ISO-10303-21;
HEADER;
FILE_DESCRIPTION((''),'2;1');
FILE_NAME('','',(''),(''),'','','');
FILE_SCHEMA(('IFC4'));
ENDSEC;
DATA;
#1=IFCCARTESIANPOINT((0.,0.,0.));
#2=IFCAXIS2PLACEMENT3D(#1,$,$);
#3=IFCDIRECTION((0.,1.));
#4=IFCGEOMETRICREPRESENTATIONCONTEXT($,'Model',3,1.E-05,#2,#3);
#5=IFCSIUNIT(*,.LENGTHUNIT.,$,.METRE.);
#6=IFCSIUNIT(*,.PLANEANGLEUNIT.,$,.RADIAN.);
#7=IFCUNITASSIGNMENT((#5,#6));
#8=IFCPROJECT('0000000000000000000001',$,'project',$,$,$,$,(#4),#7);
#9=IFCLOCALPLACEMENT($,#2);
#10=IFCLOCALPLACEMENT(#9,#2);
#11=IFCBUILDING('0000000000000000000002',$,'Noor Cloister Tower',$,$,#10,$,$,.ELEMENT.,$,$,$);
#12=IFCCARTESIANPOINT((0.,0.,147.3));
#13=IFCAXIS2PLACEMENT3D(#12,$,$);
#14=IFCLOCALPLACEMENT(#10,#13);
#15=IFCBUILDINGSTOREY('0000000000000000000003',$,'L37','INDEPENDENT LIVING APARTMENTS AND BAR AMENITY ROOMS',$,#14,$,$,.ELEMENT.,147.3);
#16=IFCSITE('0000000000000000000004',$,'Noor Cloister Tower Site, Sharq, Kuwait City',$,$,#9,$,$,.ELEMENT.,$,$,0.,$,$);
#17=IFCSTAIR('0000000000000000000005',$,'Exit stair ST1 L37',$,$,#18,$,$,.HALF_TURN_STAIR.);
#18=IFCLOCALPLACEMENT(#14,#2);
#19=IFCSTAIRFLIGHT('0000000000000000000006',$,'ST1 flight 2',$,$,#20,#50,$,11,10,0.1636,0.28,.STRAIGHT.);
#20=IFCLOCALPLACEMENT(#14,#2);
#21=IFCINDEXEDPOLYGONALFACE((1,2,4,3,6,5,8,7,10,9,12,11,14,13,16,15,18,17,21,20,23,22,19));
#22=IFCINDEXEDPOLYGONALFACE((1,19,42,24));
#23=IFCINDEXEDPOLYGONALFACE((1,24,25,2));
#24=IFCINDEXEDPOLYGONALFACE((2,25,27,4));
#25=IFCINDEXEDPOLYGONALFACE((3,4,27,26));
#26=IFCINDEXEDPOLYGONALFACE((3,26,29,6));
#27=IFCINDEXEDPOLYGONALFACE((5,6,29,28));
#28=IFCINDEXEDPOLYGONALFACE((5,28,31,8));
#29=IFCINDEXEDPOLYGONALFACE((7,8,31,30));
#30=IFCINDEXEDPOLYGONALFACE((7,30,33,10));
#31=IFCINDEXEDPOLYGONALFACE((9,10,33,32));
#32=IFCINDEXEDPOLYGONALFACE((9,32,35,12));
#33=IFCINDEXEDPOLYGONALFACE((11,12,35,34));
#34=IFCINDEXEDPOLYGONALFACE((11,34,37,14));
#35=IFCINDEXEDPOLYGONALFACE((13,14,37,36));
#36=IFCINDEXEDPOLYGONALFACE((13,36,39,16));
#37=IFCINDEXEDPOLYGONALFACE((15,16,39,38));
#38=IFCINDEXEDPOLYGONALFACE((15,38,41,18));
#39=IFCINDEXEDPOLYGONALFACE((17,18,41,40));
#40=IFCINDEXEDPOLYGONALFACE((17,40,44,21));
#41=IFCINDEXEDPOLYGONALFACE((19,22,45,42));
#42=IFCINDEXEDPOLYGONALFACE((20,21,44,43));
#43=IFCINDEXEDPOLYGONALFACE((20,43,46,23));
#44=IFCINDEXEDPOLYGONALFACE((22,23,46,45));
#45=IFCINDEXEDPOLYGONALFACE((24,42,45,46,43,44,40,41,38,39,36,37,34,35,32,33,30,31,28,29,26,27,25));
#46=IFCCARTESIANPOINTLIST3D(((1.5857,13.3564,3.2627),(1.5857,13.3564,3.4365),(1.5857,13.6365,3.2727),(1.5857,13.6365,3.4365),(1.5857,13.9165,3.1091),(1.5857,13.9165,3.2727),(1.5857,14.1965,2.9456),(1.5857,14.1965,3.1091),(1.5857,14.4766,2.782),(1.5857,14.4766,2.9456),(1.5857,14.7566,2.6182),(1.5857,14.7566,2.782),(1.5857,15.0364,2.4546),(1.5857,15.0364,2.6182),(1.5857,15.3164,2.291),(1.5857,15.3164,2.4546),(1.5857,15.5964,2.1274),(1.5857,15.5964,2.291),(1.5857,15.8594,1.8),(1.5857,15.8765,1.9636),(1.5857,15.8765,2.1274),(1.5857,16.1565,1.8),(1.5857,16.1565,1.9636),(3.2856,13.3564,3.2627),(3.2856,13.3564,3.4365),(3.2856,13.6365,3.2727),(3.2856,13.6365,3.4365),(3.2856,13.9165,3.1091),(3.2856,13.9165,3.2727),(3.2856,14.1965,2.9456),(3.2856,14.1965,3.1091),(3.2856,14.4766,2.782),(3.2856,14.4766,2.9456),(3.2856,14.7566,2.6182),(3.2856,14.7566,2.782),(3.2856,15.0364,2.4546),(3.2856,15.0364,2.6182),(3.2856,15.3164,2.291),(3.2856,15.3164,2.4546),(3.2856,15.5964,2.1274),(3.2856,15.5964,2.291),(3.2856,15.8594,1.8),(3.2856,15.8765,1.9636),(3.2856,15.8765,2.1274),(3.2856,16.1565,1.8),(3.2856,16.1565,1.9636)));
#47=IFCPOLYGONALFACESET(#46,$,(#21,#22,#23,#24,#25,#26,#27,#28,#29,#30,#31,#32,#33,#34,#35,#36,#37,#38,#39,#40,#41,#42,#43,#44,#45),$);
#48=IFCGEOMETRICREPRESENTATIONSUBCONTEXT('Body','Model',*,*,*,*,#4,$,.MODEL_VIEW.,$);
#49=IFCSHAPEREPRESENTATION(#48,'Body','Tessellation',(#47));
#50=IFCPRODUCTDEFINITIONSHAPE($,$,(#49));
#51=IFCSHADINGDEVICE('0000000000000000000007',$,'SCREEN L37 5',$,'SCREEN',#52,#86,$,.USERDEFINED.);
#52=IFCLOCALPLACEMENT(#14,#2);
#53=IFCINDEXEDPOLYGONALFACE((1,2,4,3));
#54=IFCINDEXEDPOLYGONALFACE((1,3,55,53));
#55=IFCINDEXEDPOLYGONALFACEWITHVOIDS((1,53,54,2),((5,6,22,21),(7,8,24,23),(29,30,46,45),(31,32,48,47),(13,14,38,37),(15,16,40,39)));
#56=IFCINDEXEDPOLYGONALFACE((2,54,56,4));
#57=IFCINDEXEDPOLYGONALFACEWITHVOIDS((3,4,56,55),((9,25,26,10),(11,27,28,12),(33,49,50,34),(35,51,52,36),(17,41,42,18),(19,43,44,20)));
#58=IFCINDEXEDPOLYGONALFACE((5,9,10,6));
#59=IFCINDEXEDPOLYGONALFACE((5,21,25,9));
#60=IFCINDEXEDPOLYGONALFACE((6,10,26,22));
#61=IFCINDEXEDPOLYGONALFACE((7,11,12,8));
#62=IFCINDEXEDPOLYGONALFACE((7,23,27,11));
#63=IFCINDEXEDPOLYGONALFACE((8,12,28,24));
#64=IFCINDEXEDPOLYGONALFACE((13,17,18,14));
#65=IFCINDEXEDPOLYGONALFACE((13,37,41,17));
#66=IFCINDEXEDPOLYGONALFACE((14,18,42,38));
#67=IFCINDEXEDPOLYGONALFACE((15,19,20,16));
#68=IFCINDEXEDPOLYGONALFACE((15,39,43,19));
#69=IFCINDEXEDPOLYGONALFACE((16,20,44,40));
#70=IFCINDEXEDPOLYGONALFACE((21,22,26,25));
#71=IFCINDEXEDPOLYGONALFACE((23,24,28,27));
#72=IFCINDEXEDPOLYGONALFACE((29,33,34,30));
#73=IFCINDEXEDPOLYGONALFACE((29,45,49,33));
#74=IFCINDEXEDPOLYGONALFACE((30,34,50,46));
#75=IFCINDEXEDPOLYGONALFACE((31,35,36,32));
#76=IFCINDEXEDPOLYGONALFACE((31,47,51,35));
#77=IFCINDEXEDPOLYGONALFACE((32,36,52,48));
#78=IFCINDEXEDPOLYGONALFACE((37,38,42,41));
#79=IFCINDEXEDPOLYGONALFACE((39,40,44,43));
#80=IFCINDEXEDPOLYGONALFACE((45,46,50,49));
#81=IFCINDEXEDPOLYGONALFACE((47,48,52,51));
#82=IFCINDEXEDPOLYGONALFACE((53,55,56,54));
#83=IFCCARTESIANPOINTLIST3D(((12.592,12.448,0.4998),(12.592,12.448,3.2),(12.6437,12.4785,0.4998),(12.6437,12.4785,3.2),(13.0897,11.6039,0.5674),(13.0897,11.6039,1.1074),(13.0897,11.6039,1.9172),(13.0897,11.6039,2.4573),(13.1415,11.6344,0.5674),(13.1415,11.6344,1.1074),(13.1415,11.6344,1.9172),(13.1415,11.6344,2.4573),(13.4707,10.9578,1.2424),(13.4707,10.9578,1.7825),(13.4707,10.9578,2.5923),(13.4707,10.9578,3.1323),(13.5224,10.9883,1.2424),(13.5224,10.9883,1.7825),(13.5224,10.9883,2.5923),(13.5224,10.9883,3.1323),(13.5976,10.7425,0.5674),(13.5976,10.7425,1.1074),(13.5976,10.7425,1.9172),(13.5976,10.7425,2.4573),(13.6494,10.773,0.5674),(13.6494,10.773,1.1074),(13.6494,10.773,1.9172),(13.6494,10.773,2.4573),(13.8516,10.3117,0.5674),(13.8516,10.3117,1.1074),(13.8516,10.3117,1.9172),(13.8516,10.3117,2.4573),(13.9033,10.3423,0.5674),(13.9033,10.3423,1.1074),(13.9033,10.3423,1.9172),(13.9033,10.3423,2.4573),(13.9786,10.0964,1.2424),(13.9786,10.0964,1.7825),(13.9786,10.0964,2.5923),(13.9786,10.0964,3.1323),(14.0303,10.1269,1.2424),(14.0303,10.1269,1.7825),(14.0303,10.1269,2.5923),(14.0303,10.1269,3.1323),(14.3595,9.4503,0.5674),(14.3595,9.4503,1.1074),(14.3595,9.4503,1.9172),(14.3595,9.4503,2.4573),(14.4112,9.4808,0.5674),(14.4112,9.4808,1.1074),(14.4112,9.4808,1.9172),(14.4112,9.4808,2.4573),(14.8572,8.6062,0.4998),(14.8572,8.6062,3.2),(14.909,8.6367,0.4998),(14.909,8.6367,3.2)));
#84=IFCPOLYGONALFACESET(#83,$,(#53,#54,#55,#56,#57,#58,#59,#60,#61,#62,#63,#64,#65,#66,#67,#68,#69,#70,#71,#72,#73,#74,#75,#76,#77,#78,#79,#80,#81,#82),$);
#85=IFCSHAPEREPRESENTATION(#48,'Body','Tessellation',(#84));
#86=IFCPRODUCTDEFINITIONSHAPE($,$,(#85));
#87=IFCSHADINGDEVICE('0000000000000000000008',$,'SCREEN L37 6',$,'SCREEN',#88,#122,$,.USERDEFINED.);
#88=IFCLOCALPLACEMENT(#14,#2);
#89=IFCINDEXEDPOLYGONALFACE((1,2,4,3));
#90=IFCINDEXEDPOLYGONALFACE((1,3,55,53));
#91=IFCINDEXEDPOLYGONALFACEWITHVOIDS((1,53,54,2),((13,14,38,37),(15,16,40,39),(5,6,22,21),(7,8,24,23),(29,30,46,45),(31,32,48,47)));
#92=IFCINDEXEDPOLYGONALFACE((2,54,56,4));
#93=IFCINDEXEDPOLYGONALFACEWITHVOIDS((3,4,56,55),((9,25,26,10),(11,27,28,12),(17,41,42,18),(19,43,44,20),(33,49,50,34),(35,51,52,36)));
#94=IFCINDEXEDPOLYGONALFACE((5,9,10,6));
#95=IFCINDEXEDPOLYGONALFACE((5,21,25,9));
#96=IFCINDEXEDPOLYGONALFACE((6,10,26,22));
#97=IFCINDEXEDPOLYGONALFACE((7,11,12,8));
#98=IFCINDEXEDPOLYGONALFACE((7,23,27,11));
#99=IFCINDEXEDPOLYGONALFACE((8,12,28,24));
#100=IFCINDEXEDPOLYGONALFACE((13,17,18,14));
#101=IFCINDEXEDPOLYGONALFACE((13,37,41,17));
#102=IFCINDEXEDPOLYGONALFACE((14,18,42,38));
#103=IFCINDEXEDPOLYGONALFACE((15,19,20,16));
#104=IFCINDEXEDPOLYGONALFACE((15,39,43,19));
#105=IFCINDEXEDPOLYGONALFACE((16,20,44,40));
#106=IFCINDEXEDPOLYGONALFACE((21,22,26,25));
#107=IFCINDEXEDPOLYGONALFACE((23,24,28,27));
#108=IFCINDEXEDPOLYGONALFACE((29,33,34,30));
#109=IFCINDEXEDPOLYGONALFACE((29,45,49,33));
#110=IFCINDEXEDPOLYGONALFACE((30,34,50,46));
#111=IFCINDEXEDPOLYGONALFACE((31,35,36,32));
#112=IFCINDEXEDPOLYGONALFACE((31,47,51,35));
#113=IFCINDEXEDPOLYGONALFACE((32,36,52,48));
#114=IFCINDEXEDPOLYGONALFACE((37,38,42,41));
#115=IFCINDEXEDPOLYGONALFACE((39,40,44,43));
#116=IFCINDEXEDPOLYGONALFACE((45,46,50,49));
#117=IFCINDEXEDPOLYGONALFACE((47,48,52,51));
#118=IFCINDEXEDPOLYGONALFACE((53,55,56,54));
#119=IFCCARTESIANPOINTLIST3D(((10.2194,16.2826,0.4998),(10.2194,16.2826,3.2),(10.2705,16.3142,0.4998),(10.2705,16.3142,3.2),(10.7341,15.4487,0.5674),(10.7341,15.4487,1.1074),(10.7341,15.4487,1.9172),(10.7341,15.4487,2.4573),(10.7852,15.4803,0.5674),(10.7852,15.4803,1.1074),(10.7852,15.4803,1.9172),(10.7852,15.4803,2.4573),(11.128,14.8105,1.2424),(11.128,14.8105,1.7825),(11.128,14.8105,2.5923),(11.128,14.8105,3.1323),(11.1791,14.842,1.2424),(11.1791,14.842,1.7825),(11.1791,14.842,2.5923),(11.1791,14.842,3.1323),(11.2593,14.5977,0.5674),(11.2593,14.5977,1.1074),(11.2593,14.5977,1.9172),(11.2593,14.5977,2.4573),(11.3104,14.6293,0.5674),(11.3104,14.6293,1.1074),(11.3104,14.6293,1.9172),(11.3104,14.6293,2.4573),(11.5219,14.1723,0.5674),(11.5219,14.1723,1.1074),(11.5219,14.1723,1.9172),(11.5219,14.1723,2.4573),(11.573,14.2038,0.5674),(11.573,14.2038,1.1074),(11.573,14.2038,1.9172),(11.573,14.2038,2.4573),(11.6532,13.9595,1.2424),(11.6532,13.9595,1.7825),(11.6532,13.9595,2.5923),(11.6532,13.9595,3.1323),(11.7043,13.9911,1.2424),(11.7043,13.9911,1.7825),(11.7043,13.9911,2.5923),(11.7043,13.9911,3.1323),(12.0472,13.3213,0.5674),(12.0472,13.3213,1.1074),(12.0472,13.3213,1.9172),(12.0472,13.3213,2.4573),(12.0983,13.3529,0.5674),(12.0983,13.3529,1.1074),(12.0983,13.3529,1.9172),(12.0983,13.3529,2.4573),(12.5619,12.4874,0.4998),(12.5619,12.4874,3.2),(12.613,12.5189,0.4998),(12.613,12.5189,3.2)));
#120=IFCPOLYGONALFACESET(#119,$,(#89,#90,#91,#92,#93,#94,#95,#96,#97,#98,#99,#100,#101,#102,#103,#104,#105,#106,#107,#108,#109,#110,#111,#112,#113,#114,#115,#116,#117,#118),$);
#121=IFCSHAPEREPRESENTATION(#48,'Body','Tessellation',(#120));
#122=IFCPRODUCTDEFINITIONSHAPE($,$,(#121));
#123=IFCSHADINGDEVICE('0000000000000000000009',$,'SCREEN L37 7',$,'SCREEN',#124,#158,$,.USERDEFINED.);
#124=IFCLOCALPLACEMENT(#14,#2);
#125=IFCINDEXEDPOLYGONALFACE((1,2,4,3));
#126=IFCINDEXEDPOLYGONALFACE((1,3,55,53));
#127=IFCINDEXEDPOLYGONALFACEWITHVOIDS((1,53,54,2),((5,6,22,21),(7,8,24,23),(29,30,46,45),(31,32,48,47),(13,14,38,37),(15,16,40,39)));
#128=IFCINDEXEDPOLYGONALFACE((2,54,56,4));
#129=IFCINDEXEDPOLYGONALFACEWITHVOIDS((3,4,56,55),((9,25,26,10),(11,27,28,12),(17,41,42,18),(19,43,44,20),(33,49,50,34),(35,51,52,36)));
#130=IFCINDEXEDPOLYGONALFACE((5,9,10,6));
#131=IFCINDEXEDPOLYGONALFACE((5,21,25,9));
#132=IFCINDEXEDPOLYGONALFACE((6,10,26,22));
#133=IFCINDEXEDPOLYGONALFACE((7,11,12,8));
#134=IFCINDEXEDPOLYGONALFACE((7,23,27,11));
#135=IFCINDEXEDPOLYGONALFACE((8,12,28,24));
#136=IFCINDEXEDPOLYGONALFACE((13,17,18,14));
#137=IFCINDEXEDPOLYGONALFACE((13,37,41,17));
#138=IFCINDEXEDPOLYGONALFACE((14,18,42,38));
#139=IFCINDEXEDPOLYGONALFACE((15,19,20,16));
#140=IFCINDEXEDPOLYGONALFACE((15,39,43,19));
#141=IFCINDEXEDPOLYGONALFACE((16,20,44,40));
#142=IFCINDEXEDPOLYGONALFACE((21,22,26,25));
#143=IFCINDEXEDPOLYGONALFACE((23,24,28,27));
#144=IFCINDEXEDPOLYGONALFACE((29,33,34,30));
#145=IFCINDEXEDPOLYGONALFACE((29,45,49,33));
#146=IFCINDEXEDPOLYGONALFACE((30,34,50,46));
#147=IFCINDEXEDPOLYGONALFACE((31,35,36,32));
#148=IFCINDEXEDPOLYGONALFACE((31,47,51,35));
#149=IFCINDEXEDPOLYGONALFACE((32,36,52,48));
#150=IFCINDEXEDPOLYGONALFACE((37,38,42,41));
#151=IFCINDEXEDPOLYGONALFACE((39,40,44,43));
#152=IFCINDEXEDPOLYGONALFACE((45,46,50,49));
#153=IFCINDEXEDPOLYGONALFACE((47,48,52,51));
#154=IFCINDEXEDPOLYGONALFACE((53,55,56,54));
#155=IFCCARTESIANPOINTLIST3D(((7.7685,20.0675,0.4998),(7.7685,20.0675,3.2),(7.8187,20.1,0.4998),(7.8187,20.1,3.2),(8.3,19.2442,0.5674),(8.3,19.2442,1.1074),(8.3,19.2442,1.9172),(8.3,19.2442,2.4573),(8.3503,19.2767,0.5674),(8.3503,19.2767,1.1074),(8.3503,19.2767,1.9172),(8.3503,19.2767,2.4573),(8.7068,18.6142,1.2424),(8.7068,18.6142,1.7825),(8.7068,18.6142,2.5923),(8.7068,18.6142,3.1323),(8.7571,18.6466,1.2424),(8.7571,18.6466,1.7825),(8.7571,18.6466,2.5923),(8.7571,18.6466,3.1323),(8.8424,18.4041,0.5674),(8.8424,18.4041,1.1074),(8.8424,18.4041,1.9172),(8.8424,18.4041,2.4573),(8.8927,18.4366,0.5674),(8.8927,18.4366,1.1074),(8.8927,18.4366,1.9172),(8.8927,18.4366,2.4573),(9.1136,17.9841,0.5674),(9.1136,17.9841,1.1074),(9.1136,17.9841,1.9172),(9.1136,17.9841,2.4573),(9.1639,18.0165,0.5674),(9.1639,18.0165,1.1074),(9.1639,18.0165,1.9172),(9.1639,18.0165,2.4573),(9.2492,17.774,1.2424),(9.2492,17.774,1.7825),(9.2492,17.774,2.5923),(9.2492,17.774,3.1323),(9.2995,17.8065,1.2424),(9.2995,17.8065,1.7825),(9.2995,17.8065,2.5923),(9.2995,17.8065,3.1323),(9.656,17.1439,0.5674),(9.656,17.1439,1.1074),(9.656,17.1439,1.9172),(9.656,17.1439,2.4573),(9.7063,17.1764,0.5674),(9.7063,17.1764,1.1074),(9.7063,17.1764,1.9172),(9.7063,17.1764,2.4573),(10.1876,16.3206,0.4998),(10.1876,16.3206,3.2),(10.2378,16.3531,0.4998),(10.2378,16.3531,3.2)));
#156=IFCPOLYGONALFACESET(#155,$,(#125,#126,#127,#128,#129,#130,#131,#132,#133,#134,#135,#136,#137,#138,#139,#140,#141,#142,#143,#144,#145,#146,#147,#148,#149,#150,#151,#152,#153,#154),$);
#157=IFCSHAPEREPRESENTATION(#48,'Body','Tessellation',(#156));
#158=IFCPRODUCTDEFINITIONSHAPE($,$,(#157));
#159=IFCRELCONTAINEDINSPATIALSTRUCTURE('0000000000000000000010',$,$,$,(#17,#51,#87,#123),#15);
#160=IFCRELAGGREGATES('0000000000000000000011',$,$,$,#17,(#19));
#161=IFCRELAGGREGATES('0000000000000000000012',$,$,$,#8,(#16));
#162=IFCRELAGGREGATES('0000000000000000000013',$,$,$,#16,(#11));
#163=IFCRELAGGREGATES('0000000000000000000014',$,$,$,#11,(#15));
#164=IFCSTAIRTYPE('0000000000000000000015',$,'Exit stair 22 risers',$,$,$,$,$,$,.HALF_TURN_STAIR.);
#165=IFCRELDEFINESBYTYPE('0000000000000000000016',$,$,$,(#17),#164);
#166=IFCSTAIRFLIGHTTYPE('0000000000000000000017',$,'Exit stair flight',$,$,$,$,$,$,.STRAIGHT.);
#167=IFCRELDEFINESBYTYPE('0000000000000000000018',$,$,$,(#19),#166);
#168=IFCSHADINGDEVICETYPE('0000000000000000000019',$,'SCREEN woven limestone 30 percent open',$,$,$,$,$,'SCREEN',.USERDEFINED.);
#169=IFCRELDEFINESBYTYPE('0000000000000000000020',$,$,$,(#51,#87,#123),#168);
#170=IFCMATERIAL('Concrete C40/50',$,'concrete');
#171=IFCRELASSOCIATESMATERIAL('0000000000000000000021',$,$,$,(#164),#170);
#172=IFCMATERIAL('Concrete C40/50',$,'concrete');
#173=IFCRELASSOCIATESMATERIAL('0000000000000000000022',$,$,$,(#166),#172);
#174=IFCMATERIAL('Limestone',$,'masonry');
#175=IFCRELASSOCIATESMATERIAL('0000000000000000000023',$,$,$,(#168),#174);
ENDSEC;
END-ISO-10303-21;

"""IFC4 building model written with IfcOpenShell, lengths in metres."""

from ifc_helpers import new_model, si_unit, direction, frame, origin, place, context, subcontext, project, spatial, polyline, outline, extrude, material, material_profile, profile_set, type_object, element, aggregate, save


model = new_model("IFC4")

# Units and contexts
model_context = context("Model", 3, precision=1e-05, world=origin(), true_north=direction((0.0, 1.0)))
body_context = subcontext(model_context, "Body", "Model", "MODEL_VIEW")
ifc_project = project(units=[si_unit("LENGTHUNIT", "METRE"), si_unit("PLANEANGLEUNIT", "RADIAN")], contexts=[model_context])

# Site, building, storey
site_placement = place(None, origin())
site = spatial("IfcSite", under=ifc_project, at=site_placement, Name="Noor Cloister Tower Site, Sharq, Kuwait City", CompositionType="ELEMENT", RefElevation=0.0)
building_placement = place(site_placement, origin())
building = spatial("IfcBuilding", under=site, at=building_placement, Name="Noor Cloister Tower", CompositionType="ELEMENT")
storey_placement = place(building_placement, frame((0.0, 0.0, 147.3)))
storey = spatial("IfcBuildingStorey", under=building, at=storey_placement, Name="L37", Description="INDEPENDENT LIVING APARTMENTS AND BAR AMENITY ROOMS", CompositionType="ELEMENT", Elevation=147.3)

# Stair, stair flight
ifc_material_1 = material(Name="Concrete C40/50", Category="concrete")
stair_type = type_object("IfcStairType", Name="Exit stair 22 risers", PredefinedType="HALF_TURN_STAIR", material=ifc_material_1)
stair_placement = place(storey_placement, origin())
stair = element("IfcStair", 1, at=stair_placement, inside=storey, type_object=stair_type, Name="Exit stair ST1 L37", PredefinedType="HALF_TURN_STAIR")
ifc_material_2 = material(Name="Concrete C40/50", Category="concrete")
stair_flight_type = type_object("IfcStairFlightType", Name="Exit stair flight", PredefinedType="STRAIGHT", material=ifc_material_2)
stair_flight_1_placement = place(storey_placement, frame((2.4355, 16.1565, 1.8), z_axis=(0.0, 0.0, 1.0), x_axis=(0.0, -1.0, 0.0)))
stair_flight_1 = element("IfcStairFlight", 2, at=stair_flight_1_placement, type_object=stair_flight_type, Name="ST1 flight 2", NumberOfRisers=11, NumberOfTreads=10, PredefinedType="STRAIGHT", RiserHeight=0.1636, TreadLength=0.28, context=body_context, shape_type="SweptSolid", body=[
    extrude(outline(polyline([(0.0, 0.0), (0.0, 0.1636), (0.28, 0.1636), (0.28, 0.3274), (0.5601, 0.3274), (0.5601, 0.491), (0.8401, 0.491), (0.8401, 0.6545), (1.1201, 0.6545), (1.1201, 0.8181), (1.3999, 0.8181), (1.3999, 0.9819), (1.6799, 0.9819), (1.6799, 1.1455), (1.96, 1.1455), (1.96, 1.3091), (2.24, 1.3091), (2.24, 1.4727), (2.52, 1.4727), (2.52, 1.6365), (2.8, 1.6365), (2.8, 1.8), (2.8, 1.4626), (0.2971, 0.0), (0.0, 0.0)])), frame((0.0, 0.8501, 0.0), z_axis=(0.0, -1.0, 0.0), x_axis=(1.0, 0.0, 0.0)), (0.0, 0.0, 1.0), 1.7),
])
aggregate(stair, [stair_flight_1])

# Shading devices
ifc_material_3 = material(Name="Limestone", Category="masonry")
ifc_material_profile_1 = material_profile(ifc_material_3, outline(polyline([(-2.23, -1.3501), (2.23, -1.3501), (2.23, 1.3501), (-2.23, 1.3501), (-2.23, -1.3501)]), holes=[polyline([(-1.25, -1.2825), (-0.25, -1.2825), (-0.25, -0.7424), (-1.25, -0.7424), (-1.25, -1.2825)]), polyline([(0.25, -1.2825), (1.25, -1.2825), (1.25, -0.7424), (0.25, -0.7424), (0.25, -1.2825)]), polyline([(-0.5, -0.6074), (0.5, -0.6074), (0.5, -0.0674), (-0.5, -0.0674), (-0.5, -0.6074)]), polyline([(-1.25, 0.0674), (-0.25, 0.0674), (-0.25, 0.6074), (-1.25, 0.6074), (-1.25, 0.0674)]), polyline([(0.25, 0.0674), (1.25, 0.0674), (1.25, 0.6074), (0.25, 0.6074), (0.25, 0.0674)]), polyline([(-0.5, 0.7424), (0.5, 0.7424), (0.5, 1.2825), (-0.5, 1.2825), (-0.5, 0.7424)])]), Name="Woven screen 30 percent open")
ifc_profile_set_1 = profile_set([ifc_material_profile_1], Name="Limestone")
shading_device_type = type_object("IfcShadingDeviceType", Name="SCREEN woven limestone 30 percent open", ElementType="SCREEN", PredefinedType="USERDEFINED", material=ifc_profile_set_1)
for number, where, z_axis, x_axis, name in (
    (3, (13.7246, 10.5271, 1.8499), (0.861411, 0.507908, 0.0), (-0.507908, 0.861411, 0.0), "SCREEN L37 5"),
    (4, (11.3906, 14.385, 1.8499), (0.850959, 0.525233, 0.0), (-0.525233, 0.850959, 0.0), "SCREEN L37 6"),
):
    element("IfcShadingDevice", number, at=place(storey_placement, frame(where, z_axis=z_axis, x_axis=x_axis)), inside=storey, type_object=shading_device_type, Name=name, ObjectType="SCREEN", PredefinedType="USERDEFINED", context=body_context, shape_type="SweptSolid", body=[
        extrude(outline(polyline([(-2.23, -1.3501), (2.23, -1.3501), (2.23, 1.3501), (-2.23, 1.3501), (-2.23, -1.3501)]), holes=[polyline([(-1.25, -1.2825), (-0.25, -1.2825), (-0.25, -0.7424), (-1.25, -0.7424), (-1.25, -1.2825)]), polyline([(0.25, -1.2825), (1.25, -1.2825), (1.25, -0.7424), (0.25, -0.7424), (0.25, -1.2825)]), polyline([(-0.5, -0.6074), (0.5, -0.6074), (0.5, -0.0674), (-0.5, -0.0674), (-0.5, -0.6074)]), polyline([(-1.25, 0.0674), (-0.25, 0.0674), (-0.25, 0.6074), (-1.25, 0.6074), (-1.25, 0.0674)]), polyline([(0.25, 0.0674), (1.25, 0.0674), (1.25, 0.6074), (0.25, 0.6074), (0.25, 0.0674)]), polyline([(-0.5, 0.7424), (0.5, 0.7424), (0.5, 1.2825), (-0.5, 1.2825), (-0.5, 0.7424)])]), origin(), (0.0, 0.0, 1.0), 0.0601),
    ])
for number, where, z_axis, x_axis, name in (
    (5, (8.978, 18.1941, 1.8499), (0.840117, 0.542406, 0.0), (-0.542406, 0.840117, 0.0), "SCREEN L37 7"),
):
    element("IfcShadingDevice", number, at=place(storey_placement, frame(where, z_axis=z_axis, x_axis=x_axis)), inside=storey, type_object=shading_device_type, Name=name, ObjectType="SCREEN", PredefinedType="USERDEFINED", context=body_context, shape_type="SweptSolid", body=[
        extrude(outline(polyline([(-2.23, -1.3501), (2.23, -1.3501), (2.23, 1.3501), (-2.23, 1.3501), (-2.23, -1.3501)]), holes=[polyline([(-1.25, -1.2825), (-0.25, -1.2825), (-0.25, -0.7424), (-1.25, -0.7424), (-1.25, -1.2825)]), polyline([(0.25, -1.2825), (1.25, -1.2825), (1.25, -0.7424), (0.25, -0.7424), (0.25, -1.2825)]), polyline([(-0.5, -0.6074), (0.5, -0.6074), (0.5, -0.0674), (-0.5, -0.0674), (-0.5, -0.6074)]), polyline([(-1.25, 0.0674), (-0.25, 0.0674), (-0.25, 0.6074), (-1.25, 0.6074), (-1.25, 0.0674)]), polyline([(0.25, 0.0674), (1.25, 0.0674), (1.25, 0.6074), (0.25, 0.6074), (0.25, 0.0674)]), polyline([(-0.5, 0.7424), (0.5, 0.7424), (0.5, 1.2825), (-0.5, 1.2825), (-0.5, 0.7424)])]), origin(), (0.0, 0.0, 1.0), 0.0598),
    ])

save(model, "model.ifc")
